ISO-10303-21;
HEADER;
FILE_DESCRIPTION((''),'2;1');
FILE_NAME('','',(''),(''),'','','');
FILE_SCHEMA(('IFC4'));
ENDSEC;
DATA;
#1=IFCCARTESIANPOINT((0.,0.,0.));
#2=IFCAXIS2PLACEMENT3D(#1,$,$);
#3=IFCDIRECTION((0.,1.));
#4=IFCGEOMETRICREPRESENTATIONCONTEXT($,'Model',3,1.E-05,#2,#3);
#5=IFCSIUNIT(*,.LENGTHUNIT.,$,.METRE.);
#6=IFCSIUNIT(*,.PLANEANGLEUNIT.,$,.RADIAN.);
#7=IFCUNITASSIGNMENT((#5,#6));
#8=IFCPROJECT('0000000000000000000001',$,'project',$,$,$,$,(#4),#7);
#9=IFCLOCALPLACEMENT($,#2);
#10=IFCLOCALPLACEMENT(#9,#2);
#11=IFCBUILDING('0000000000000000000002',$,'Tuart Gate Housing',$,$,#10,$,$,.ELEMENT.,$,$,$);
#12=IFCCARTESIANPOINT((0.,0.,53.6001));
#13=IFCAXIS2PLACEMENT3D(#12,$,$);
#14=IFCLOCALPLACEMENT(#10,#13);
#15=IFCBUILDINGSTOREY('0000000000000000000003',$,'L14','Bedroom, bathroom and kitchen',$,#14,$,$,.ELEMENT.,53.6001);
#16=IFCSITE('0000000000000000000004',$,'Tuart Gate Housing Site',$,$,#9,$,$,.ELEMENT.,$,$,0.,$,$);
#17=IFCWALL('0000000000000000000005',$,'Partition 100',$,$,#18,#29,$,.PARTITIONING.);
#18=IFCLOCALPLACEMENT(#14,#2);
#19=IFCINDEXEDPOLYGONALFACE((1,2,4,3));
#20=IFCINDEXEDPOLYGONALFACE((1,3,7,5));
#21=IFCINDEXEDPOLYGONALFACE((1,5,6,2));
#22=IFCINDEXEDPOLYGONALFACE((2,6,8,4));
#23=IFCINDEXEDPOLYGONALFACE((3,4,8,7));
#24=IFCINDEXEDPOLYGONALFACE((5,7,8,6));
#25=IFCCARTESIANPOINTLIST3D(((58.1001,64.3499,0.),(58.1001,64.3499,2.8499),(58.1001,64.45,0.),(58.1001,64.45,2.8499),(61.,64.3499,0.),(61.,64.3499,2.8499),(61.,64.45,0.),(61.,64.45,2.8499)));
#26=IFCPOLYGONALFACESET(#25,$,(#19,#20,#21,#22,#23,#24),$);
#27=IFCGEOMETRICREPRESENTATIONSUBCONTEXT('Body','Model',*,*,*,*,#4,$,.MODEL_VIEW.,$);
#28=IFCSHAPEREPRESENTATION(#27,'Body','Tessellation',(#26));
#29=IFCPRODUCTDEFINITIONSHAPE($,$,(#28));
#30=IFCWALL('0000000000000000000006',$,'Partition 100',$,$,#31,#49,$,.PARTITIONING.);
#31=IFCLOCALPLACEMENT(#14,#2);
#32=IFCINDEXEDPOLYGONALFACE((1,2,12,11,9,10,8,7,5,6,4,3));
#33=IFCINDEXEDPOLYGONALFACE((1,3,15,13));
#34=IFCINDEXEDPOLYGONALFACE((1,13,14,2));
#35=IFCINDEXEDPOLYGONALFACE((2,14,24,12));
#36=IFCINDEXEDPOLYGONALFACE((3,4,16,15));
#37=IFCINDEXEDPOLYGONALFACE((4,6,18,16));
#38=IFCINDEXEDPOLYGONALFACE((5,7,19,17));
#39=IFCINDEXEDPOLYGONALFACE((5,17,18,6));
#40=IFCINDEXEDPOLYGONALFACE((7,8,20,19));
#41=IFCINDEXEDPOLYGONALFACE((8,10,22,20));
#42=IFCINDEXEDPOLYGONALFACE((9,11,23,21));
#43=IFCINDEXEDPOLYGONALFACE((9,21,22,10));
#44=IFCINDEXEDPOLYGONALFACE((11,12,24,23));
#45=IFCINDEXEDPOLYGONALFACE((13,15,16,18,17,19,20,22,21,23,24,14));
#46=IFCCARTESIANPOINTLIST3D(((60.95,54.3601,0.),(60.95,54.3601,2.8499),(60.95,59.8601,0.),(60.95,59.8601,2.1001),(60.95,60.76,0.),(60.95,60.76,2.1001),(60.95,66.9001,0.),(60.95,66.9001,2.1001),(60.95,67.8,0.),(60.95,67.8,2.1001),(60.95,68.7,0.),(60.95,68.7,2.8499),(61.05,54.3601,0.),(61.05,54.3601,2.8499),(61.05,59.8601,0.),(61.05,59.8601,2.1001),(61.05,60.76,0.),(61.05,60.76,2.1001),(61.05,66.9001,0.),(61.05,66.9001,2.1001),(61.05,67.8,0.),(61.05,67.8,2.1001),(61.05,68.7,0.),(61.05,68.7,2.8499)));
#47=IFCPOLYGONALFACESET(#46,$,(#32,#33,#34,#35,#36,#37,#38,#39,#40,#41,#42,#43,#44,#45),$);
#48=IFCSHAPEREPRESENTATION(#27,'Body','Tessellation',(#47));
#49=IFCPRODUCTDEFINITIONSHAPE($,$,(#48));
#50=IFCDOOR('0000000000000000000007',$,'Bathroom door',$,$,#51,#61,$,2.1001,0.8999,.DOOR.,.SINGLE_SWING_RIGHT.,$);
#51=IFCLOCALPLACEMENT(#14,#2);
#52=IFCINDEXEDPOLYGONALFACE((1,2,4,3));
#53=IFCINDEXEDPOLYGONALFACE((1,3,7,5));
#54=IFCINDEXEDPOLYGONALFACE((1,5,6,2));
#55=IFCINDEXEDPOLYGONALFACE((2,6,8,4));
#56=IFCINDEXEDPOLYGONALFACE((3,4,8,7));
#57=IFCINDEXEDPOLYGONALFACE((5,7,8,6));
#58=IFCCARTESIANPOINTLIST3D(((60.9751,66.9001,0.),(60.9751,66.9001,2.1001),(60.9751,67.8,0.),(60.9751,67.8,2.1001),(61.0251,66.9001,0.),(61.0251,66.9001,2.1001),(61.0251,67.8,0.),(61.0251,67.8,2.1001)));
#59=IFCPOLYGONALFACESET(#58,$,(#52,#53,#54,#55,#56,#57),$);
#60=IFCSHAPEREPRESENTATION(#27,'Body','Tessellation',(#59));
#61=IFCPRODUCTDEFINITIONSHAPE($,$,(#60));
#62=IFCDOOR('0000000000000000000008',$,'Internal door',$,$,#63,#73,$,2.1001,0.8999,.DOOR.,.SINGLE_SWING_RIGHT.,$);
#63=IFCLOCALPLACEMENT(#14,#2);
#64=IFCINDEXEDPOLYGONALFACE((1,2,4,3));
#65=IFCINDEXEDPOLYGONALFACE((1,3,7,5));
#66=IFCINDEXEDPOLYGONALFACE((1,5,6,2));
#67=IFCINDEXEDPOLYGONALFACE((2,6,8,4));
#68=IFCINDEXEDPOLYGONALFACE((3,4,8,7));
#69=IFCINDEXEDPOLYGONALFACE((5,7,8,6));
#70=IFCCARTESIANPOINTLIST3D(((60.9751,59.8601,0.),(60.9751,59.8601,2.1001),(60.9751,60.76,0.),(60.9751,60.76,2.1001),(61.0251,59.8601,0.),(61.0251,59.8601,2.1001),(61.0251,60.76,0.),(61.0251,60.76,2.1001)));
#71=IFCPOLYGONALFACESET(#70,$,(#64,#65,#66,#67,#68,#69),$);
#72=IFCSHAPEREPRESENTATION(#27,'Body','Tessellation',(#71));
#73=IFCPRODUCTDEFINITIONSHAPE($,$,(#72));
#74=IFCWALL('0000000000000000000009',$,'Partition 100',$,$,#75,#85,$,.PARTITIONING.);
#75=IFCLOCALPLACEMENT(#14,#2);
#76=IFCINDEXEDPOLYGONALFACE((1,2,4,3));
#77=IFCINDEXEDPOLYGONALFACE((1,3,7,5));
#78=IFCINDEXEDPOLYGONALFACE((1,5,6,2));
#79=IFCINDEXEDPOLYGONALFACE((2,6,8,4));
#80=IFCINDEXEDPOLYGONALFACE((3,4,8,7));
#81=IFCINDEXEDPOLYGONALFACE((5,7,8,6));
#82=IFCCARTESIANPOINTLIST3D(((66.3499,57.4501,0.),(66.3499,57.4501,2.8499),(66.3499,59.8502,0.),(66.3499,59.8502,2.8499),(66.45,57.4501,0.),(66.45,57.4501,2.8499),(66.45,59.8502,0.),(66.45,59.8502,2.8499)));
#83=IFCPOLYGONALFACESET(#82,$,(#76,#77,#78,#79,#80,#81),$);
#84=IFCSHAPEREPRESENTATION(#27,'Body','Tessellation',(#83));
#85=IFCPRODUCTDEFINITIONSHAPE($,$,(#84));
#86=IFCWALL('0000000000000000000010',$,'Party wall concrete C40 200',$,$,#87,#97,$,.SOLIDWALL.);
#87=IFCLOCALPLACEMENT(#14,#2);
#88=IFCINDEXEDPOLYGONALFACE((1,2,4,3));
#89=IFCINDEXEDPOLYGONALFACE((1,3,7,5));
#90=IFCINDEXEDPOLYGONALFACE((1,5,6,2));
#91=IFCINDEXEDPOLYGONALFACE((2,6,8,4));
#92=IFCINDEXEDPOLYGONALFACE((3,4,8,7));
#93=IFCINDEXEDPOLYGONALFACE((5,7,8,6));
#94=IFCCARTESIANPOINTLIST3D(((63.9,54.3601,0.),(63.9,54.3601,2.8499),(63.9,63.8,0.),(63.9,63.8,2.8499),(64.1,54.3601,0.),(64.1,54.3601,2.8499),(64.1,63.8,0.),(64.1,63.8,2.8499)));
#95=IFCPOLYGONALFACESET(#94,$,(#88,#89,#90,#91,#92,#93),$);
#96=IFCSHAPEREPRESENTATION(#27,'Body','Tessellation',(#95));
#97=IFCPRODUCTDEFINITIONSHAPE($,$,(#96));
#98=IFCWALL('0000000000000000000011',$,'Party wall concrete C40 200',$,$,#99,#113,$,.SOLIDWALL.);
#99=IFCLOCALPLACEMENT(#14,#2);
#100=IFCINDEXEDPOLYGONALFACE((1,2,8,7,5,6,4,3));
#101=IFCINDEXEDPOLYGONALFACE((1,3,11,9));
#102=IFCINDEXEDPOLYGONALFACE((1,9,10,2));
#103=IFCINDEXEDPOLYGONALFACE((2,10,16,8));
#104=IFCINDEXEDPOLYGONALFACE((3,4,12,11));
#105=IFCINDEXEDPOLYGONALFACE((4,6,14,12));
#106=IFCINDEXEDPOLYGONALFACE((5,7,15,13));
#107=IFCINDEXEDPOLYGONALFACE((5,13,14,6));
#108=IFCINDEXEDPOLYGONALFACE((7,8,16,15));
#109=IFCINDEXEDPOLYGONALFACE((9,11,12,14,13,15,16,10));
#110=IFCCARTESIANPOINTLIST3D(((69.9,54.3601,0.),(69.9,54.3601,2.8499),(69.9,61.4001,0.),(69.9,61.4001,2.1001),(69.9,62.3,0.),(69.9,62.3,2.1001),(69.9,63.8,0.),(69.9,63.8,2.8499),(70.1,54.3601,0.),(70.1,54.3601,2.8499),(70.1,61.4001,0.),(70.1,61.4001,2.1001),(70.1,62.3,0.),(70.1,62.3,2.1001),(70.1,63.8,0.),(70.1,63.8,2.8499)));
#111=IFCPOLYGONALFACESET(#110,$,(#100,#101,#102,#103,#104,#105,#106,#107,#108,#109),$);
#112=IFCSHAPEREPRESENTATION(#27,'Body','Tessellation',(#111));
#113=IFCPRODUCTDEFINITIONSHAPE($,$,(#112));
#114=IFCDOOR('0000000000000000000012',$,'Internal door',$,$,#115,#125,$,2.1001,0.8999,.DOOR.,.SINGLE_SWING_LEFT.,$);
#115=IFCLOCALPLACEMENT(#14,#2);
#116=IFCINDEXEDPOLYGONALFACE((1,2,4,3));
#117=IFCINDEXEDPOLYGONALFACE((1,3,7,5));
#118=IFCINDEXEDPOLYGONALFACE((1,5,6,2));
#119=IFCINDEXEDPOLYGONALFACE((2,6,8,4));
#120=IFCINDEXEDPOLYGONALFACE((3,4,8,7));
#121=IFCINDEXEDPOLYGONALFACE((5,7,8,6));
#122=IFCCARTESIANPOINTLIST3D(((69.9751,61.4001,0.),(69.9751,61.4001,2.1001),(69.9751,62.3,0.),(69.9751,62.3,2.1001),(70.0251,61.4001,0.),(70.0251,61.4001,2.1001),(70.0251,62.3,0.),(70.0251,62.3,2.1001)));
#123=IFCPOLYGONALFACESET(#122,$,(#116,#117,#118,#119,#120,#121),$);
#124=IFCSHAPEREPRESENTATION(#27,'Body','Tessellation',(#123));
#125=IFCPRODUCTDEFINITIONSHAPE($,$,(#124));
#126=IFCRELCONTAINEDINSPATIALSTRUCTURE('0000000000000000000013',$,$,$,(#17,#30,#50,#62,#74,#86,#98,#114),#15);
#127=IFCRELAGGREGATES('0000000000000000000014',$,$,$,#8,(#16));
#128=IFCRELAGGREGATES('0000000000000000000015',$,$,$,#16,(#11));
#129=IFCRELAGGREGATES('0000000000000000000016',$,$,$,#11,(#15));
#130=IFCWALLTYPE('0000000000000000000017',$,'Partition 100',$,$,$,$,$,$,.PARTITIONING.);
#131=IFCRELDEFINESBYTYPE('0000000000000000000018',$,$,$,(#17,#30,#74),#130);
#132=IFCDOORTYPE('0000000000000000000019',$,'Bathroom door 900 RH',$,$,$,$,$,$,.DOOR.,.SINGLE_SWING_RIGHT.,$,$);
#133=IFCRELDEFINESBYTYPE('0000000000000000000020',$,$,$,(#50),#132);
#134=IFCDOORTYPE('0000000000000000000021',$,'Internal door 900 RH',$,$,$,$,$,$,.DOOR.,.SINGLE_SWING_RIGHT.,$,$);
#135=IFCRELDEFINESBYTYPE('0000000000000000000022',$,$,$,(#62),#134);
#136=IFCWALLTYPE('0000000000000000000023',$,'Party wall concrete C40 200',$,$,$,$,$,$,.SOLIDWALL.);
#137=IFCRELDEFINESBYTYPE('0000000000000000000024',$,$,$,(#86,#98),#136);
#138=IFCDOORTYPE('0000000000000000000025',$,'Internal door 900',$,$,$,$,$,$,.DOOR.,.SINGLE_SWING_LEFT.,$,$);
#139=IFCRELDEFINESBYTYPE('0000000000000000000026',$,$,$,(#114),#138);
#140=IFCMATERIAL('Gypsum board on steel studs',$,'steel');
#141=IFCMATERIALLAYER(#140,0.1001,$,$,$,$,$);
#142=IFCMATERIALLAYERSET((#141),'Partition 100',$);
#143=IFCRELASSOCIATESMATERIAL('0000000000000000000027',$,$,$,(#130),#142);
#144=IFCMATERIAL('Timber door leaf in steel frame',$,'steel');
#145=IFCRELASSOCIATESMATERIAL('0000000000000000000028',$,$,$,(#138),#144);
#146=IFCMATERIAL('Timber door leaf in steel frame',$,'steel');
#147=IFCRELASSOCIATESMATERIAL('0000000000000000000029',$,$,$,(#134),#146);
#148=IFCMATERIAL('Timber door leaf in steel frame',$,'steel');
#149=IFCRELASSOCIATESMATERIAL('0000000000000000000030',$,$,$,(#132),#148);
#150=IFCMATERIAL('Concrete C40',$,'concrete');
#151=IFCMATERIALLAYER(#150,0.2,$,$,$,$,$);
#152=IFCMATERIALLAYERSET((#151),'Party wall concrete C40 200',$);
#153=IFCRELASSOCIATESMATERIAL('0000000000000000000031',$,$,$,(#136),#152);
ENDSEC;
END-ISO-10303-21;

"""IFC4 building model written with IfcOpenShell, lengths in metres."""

from ifc_helpers import new_model, si_unit, direction, frame, frame_2d, origin, place, context, subcontext, project, spatial, rectangle, extrude, material, layer, layer_set, type_object, element, fill, save


model = new_model("IFC4")

# Units and contexts
model_context = context("Model", 3, precision=1e-05, world=origin(), true_north=direction((0.0, 1.0)))
body_context = subcontext(model_context, "Body", "Model", "MODEL_VIEW")
ifc_project = project(units=[si_unit("LENGTHUNIT", "METRE"), si_unit("PLANEANGLEUNIT", "RADIAN")], contexts=[model_context])

# Site, building, storey
site_placement = place(None, origin())
site = spatial("IfcSite", under=ifc_project, at=site_placement, Name="Tuart Gate Housing Site", CompositionType="ELEMENT", RefElevation=0.0)
building_placement = place(site_placement, origin())
building = spatial("IfcBuilding", under=site, at=building_placement, Name="Tuart Gate Housing", CompositionType="ELEMENT")
storey_placement = place(building_placement, frame((0.0, 0.0, 53.6001)))
storey = spatial("IfcBuildingStorey", under=building, at=storey_placement, Name="L14", Description="Bedroom, bathroom and kitchen", CompositionType="ELEMENT", Elevation=53.6001)

# Shared definitions
ifc_material_1 = material(Name="Gypsum board on steel studs", Category="steel")
ifc_layer_1 = layer(ifc_material_1, 0.1001)
ifc_layer_set_1 = layer_set([ifc_layer_1], Name="Partition 100")
wall_type_1 = type_object("IfcWallType", Name="Partition 100", PredefinedType="PARTITIONING", material=ifc_layer_set_1)

# Shared definitions
ifc_material_2 = material(Name="Timber door leaf in steel frame", Category="steel")
door_type_1 = type_object("IfcDoorType", Name="Internal door 900", OperationType="SINGLE_SWING_LEFT", PredefinedType="DOOR", material=ifc_material_2)

# Shared definitions
ifc_material_3 = material(Name="Timber door leaf in steel frame", Category="steel")
door_type_2 = type_object("IfcDoorType", Name="Internal door 900 RH", OperationType="SINGLE_SWING_RIGHT", PredefinedType="DOOR", material=ifc_material_3)

# Wall
wall_1_placement = place(storey_placement, frame((58.1001, 64.3999, 0.0), z_axis=(0.0, 0.0, 1.0), x_axis=(1.0, 0.0, 0.0)))
element("IfcWall", 1, at=wall_1_placement, inside=storey, type_object=wall_type_1, Name="Partition 100", PredefinedType="PARTITIONING", context=body_context, shape_type="SweptSolid", body=[
    extrude(rectangle(XDim=2.8999, YDim=0.1001, at=frame_2d((1.45, 0.0))), origin(), (0.0, 0.0, 1.0), 2.8499),
])

# Wall, openings, doors
wall_2_placement = place(storey_placement, frame((61.0, 54.3601, 0.0), z_axis=(0.0, 0.0, 1.0), x_axis=(0.0, 1.0, 0.0)))
wall_2 = element("IfcWall", 2, at=wall_2_placement, inside=storey, type_object=wall_type_1, Name="Partition 100", PredefinedType="PARTITIONING", context=body_context, shape_type="SweptSolid", body=[
    extrude(rectangle(XDim=14.3398, YDim=0.1001, at=frame_2d((7.1699, 0.0))), origin(), (0.0, 0.0, 1.0), 2.8499),
])
opening_1_placement = place(wall_2_placement, frame((5.5, 0.0, 0.0)))
opening_1 = element("IfcOpeningElement", 3, at=opening_1_placement, cuts=wall_2, PredefinedType="OPENING", context=body_context, shape_type="SweptSolid", body=[
    extrude(rectangle(XDim=0.8999, YDim=2.1001, at=frame_2d((0.45, 1.05))), frame((0.0, 0.0601, 0.0), z_axis=(0.0, -1.0, 0.0), x_axis=(1.0, 0.0, 0.0)), (0.0, 0.0, 1.0), 0.1201),
])
opening_2_placement = place(wall_2_placement, frame((12.54, 0.0, 0.0)))
opening_2 = element("IfcOpeningElement", 4, at=opening_2_placement, cuts=wall_2, PredefinedType="OPENING", context=body_context, shape_type="SweptSolid", body=[
    extrude(rectangle(XDim=0.8999, YDim=2.1001, at=frame_2d((0.45, 1.05))), frame((0.0, 0.0601, 0.0), z_axis=(0.0, -1.0, 0.0), x_axis=(1.0, 0.0, 0.0)), (0.0, 0.0, 1.0), 0.1201),
])
ifc_material_4 = material(Name="Timber door leaf in steel frame", Category="steel")
door_type_3 = type_object("IfcDoorType", Name="Bathroom door 900 RH", OperationType="SINGLE_SWING_RIGHT", PredefinedType="DOOR", material=ifc_material_4)
door_1_placement = place(opening_2_placement, origin())
door_1 = element("IfcDoor", 5, at=door_1_placement, inside=storey, type_object=door_type_3, Name="Bathroom door", OperationType="SINGLE_SWING_RIGHT", OverallHeight=2.1001, OverallWidth=0.8999, PredefinedType="DOOR", context=body_context, shape_type="SweptSolid", body=[
    extrude(rectangle(XDim=0.8999, YDim=2.1001, at=frame_2d((0.45, 1.05))), frame((0.0, 0.0249, 0.0), z_axis=(0.0, -1.0, 0.0), x_axis=(1.0, 0.0, 0.0)), (0.0, 0.0, 1.0), 0.05),
])
fill(opening_2, door_1)
door_2_placement = place(opening_1_placement, origin())
door_2 = element("IfcDoor", 6, at=door_2_placement, inside=storey, type_object=door_type_2, Name="Internal door", OperationType="SINGLE_SWING_RIGHT", OverallHeight=2.1001, OverallWidth=0.8999, PredefinedType="DOOR", context=body_context, shape_type="SweptSolid", body=[
    extrude(rectangle(XDim=0.8999, YDim=2.1001, at=frame_2d((0.45, 1.05))), frame((0.0, 0.0249, 0.0), z_axis=(0.0, -1.0, 0.0), x_axis=(1.0, 0.0, 0.0)), (0.0, 0.0, 1.0), 0.05),
])
fill(opening_1, door_2)

# Walls
wall_3_placement = place(storey_placement, frame((66.3999, 57.45, 0.0), z_axis=(0.0, 0.0, 1.0), x_axis=(0.0, 1.0, 0.0)))
element("IfcWall", 7, at=wall_3_placement, inside=storey, type_object=wall_type_1, Name="Partition 100", PredefinedType="PARTITIONING", context=body_context, shape_type="SweptSolid", body=[
    extrude(rectangle(XDim=2.4001, YDim=0.1001, at=frame_2d((1.2002, 0.0))), origin(), (0.0, 0.0, 1.0), 2.8499),
])
ifc_material_5 = material(Name="Concrete C40", Category="concrete")
ifc_layer_2 = layer(ifc_material_5, 0.2)
ifc_layer_set_2 = layer_set([ifc_layer_2], Name="Party wall concrete C40 200")
wall_type_2 = type_object("IfcWallType", Name="Party wall concrete C40 200", PredefinedType="SOLIDWALL", material=ifc_layer_set_2)
wall_4_placement = place(storey_placement, frame((64.0, 54.3601, 0.0), z_axis=(0.0, 0.0, 1.0), x_axis=(0.0, 1.0, 0.0)))
element("IfcWall", 8, at=wall_4_placement, inside=storey, type_object=wall_type_2, Name="Party wall concrete C40 200", PredefinedType="SOLIDWALL", context=body_context, shape_type="SweptSolid", body=[
    extrude(rectangle(XDim=9.4399, YDim=0.2, at=frame_2d((4.72, 0.0))), origin(), (0.0, 0.0, 1.0), 2.8499),
])

# Wall, opening, door
wall_5_placement = place(storey_placement, frame((70.0, 54.3601, 0.0), z_axis=(0.0, 0.0, 1.0), x_axis=(0.0, 1.0, 0.0)))
wall_5 = element("IfcWall", 9, at=wall_5_placement, inside=storey, type_object=wall_type_2, Name="Party wall concrete C40 200", PredefinedType="SOLIDWALL", context=body_context, shape_type="SweptSolid", body=[
    extrude(rectangle(XDim=9.4399, YDim=0.2, at=frame_2d((4.72, 0.0))), origin(), (0.0, 0.0, 1.0), 2.8499),
])
opening_3_placement = place(wall_5_placement, frame((7.04, 0.0, 0.0)))
opening_3 = element("IfcOpeningElement", 10, at=opening_3_placement, cuts=wall_5, PredefinedType="OPENING", context=body_context, shape_type="SweptSolid", body=[
    extrude(rectangle(XDim=0.8999, YDim=2.1001, at=frame_2d((0.45, 1.05))), frame((0.0, 0.1099, 0.0), z_axis=(0.0, -1.0, 0.0), x_axis=(1.0, 0.0, 0.0)), (0.0, 0.0, 1.0), 0.22),
])
door_3_placement = place(opening_3_placement, origin())
door_3 = element("IfcDoor", 11, at=door_3_placement, inside=storey, type_object=door_type_1, Name="Internal door", OperationType="SINGLE_SWING_LEFT", OverallHeight=2.1001, OverallWidth=0.8999, PredefinedType="DOOR", context=body_context, shape_type="SweptSolid", body=[
    extrude(rectangle(XDim=0.8999, YDim=2.1001, at=frame_2d((0.45, 1.05))), frame((0.0, 0.0249, 0.0), z_axis=(0.0, -1.0, 0.0), x_axis=(1.0, 0.0, 0.0)), (0.0, 0.0, 1.0), 0.05),
])
fill(opening_3, door_3)

save(model, "model.ifc")
